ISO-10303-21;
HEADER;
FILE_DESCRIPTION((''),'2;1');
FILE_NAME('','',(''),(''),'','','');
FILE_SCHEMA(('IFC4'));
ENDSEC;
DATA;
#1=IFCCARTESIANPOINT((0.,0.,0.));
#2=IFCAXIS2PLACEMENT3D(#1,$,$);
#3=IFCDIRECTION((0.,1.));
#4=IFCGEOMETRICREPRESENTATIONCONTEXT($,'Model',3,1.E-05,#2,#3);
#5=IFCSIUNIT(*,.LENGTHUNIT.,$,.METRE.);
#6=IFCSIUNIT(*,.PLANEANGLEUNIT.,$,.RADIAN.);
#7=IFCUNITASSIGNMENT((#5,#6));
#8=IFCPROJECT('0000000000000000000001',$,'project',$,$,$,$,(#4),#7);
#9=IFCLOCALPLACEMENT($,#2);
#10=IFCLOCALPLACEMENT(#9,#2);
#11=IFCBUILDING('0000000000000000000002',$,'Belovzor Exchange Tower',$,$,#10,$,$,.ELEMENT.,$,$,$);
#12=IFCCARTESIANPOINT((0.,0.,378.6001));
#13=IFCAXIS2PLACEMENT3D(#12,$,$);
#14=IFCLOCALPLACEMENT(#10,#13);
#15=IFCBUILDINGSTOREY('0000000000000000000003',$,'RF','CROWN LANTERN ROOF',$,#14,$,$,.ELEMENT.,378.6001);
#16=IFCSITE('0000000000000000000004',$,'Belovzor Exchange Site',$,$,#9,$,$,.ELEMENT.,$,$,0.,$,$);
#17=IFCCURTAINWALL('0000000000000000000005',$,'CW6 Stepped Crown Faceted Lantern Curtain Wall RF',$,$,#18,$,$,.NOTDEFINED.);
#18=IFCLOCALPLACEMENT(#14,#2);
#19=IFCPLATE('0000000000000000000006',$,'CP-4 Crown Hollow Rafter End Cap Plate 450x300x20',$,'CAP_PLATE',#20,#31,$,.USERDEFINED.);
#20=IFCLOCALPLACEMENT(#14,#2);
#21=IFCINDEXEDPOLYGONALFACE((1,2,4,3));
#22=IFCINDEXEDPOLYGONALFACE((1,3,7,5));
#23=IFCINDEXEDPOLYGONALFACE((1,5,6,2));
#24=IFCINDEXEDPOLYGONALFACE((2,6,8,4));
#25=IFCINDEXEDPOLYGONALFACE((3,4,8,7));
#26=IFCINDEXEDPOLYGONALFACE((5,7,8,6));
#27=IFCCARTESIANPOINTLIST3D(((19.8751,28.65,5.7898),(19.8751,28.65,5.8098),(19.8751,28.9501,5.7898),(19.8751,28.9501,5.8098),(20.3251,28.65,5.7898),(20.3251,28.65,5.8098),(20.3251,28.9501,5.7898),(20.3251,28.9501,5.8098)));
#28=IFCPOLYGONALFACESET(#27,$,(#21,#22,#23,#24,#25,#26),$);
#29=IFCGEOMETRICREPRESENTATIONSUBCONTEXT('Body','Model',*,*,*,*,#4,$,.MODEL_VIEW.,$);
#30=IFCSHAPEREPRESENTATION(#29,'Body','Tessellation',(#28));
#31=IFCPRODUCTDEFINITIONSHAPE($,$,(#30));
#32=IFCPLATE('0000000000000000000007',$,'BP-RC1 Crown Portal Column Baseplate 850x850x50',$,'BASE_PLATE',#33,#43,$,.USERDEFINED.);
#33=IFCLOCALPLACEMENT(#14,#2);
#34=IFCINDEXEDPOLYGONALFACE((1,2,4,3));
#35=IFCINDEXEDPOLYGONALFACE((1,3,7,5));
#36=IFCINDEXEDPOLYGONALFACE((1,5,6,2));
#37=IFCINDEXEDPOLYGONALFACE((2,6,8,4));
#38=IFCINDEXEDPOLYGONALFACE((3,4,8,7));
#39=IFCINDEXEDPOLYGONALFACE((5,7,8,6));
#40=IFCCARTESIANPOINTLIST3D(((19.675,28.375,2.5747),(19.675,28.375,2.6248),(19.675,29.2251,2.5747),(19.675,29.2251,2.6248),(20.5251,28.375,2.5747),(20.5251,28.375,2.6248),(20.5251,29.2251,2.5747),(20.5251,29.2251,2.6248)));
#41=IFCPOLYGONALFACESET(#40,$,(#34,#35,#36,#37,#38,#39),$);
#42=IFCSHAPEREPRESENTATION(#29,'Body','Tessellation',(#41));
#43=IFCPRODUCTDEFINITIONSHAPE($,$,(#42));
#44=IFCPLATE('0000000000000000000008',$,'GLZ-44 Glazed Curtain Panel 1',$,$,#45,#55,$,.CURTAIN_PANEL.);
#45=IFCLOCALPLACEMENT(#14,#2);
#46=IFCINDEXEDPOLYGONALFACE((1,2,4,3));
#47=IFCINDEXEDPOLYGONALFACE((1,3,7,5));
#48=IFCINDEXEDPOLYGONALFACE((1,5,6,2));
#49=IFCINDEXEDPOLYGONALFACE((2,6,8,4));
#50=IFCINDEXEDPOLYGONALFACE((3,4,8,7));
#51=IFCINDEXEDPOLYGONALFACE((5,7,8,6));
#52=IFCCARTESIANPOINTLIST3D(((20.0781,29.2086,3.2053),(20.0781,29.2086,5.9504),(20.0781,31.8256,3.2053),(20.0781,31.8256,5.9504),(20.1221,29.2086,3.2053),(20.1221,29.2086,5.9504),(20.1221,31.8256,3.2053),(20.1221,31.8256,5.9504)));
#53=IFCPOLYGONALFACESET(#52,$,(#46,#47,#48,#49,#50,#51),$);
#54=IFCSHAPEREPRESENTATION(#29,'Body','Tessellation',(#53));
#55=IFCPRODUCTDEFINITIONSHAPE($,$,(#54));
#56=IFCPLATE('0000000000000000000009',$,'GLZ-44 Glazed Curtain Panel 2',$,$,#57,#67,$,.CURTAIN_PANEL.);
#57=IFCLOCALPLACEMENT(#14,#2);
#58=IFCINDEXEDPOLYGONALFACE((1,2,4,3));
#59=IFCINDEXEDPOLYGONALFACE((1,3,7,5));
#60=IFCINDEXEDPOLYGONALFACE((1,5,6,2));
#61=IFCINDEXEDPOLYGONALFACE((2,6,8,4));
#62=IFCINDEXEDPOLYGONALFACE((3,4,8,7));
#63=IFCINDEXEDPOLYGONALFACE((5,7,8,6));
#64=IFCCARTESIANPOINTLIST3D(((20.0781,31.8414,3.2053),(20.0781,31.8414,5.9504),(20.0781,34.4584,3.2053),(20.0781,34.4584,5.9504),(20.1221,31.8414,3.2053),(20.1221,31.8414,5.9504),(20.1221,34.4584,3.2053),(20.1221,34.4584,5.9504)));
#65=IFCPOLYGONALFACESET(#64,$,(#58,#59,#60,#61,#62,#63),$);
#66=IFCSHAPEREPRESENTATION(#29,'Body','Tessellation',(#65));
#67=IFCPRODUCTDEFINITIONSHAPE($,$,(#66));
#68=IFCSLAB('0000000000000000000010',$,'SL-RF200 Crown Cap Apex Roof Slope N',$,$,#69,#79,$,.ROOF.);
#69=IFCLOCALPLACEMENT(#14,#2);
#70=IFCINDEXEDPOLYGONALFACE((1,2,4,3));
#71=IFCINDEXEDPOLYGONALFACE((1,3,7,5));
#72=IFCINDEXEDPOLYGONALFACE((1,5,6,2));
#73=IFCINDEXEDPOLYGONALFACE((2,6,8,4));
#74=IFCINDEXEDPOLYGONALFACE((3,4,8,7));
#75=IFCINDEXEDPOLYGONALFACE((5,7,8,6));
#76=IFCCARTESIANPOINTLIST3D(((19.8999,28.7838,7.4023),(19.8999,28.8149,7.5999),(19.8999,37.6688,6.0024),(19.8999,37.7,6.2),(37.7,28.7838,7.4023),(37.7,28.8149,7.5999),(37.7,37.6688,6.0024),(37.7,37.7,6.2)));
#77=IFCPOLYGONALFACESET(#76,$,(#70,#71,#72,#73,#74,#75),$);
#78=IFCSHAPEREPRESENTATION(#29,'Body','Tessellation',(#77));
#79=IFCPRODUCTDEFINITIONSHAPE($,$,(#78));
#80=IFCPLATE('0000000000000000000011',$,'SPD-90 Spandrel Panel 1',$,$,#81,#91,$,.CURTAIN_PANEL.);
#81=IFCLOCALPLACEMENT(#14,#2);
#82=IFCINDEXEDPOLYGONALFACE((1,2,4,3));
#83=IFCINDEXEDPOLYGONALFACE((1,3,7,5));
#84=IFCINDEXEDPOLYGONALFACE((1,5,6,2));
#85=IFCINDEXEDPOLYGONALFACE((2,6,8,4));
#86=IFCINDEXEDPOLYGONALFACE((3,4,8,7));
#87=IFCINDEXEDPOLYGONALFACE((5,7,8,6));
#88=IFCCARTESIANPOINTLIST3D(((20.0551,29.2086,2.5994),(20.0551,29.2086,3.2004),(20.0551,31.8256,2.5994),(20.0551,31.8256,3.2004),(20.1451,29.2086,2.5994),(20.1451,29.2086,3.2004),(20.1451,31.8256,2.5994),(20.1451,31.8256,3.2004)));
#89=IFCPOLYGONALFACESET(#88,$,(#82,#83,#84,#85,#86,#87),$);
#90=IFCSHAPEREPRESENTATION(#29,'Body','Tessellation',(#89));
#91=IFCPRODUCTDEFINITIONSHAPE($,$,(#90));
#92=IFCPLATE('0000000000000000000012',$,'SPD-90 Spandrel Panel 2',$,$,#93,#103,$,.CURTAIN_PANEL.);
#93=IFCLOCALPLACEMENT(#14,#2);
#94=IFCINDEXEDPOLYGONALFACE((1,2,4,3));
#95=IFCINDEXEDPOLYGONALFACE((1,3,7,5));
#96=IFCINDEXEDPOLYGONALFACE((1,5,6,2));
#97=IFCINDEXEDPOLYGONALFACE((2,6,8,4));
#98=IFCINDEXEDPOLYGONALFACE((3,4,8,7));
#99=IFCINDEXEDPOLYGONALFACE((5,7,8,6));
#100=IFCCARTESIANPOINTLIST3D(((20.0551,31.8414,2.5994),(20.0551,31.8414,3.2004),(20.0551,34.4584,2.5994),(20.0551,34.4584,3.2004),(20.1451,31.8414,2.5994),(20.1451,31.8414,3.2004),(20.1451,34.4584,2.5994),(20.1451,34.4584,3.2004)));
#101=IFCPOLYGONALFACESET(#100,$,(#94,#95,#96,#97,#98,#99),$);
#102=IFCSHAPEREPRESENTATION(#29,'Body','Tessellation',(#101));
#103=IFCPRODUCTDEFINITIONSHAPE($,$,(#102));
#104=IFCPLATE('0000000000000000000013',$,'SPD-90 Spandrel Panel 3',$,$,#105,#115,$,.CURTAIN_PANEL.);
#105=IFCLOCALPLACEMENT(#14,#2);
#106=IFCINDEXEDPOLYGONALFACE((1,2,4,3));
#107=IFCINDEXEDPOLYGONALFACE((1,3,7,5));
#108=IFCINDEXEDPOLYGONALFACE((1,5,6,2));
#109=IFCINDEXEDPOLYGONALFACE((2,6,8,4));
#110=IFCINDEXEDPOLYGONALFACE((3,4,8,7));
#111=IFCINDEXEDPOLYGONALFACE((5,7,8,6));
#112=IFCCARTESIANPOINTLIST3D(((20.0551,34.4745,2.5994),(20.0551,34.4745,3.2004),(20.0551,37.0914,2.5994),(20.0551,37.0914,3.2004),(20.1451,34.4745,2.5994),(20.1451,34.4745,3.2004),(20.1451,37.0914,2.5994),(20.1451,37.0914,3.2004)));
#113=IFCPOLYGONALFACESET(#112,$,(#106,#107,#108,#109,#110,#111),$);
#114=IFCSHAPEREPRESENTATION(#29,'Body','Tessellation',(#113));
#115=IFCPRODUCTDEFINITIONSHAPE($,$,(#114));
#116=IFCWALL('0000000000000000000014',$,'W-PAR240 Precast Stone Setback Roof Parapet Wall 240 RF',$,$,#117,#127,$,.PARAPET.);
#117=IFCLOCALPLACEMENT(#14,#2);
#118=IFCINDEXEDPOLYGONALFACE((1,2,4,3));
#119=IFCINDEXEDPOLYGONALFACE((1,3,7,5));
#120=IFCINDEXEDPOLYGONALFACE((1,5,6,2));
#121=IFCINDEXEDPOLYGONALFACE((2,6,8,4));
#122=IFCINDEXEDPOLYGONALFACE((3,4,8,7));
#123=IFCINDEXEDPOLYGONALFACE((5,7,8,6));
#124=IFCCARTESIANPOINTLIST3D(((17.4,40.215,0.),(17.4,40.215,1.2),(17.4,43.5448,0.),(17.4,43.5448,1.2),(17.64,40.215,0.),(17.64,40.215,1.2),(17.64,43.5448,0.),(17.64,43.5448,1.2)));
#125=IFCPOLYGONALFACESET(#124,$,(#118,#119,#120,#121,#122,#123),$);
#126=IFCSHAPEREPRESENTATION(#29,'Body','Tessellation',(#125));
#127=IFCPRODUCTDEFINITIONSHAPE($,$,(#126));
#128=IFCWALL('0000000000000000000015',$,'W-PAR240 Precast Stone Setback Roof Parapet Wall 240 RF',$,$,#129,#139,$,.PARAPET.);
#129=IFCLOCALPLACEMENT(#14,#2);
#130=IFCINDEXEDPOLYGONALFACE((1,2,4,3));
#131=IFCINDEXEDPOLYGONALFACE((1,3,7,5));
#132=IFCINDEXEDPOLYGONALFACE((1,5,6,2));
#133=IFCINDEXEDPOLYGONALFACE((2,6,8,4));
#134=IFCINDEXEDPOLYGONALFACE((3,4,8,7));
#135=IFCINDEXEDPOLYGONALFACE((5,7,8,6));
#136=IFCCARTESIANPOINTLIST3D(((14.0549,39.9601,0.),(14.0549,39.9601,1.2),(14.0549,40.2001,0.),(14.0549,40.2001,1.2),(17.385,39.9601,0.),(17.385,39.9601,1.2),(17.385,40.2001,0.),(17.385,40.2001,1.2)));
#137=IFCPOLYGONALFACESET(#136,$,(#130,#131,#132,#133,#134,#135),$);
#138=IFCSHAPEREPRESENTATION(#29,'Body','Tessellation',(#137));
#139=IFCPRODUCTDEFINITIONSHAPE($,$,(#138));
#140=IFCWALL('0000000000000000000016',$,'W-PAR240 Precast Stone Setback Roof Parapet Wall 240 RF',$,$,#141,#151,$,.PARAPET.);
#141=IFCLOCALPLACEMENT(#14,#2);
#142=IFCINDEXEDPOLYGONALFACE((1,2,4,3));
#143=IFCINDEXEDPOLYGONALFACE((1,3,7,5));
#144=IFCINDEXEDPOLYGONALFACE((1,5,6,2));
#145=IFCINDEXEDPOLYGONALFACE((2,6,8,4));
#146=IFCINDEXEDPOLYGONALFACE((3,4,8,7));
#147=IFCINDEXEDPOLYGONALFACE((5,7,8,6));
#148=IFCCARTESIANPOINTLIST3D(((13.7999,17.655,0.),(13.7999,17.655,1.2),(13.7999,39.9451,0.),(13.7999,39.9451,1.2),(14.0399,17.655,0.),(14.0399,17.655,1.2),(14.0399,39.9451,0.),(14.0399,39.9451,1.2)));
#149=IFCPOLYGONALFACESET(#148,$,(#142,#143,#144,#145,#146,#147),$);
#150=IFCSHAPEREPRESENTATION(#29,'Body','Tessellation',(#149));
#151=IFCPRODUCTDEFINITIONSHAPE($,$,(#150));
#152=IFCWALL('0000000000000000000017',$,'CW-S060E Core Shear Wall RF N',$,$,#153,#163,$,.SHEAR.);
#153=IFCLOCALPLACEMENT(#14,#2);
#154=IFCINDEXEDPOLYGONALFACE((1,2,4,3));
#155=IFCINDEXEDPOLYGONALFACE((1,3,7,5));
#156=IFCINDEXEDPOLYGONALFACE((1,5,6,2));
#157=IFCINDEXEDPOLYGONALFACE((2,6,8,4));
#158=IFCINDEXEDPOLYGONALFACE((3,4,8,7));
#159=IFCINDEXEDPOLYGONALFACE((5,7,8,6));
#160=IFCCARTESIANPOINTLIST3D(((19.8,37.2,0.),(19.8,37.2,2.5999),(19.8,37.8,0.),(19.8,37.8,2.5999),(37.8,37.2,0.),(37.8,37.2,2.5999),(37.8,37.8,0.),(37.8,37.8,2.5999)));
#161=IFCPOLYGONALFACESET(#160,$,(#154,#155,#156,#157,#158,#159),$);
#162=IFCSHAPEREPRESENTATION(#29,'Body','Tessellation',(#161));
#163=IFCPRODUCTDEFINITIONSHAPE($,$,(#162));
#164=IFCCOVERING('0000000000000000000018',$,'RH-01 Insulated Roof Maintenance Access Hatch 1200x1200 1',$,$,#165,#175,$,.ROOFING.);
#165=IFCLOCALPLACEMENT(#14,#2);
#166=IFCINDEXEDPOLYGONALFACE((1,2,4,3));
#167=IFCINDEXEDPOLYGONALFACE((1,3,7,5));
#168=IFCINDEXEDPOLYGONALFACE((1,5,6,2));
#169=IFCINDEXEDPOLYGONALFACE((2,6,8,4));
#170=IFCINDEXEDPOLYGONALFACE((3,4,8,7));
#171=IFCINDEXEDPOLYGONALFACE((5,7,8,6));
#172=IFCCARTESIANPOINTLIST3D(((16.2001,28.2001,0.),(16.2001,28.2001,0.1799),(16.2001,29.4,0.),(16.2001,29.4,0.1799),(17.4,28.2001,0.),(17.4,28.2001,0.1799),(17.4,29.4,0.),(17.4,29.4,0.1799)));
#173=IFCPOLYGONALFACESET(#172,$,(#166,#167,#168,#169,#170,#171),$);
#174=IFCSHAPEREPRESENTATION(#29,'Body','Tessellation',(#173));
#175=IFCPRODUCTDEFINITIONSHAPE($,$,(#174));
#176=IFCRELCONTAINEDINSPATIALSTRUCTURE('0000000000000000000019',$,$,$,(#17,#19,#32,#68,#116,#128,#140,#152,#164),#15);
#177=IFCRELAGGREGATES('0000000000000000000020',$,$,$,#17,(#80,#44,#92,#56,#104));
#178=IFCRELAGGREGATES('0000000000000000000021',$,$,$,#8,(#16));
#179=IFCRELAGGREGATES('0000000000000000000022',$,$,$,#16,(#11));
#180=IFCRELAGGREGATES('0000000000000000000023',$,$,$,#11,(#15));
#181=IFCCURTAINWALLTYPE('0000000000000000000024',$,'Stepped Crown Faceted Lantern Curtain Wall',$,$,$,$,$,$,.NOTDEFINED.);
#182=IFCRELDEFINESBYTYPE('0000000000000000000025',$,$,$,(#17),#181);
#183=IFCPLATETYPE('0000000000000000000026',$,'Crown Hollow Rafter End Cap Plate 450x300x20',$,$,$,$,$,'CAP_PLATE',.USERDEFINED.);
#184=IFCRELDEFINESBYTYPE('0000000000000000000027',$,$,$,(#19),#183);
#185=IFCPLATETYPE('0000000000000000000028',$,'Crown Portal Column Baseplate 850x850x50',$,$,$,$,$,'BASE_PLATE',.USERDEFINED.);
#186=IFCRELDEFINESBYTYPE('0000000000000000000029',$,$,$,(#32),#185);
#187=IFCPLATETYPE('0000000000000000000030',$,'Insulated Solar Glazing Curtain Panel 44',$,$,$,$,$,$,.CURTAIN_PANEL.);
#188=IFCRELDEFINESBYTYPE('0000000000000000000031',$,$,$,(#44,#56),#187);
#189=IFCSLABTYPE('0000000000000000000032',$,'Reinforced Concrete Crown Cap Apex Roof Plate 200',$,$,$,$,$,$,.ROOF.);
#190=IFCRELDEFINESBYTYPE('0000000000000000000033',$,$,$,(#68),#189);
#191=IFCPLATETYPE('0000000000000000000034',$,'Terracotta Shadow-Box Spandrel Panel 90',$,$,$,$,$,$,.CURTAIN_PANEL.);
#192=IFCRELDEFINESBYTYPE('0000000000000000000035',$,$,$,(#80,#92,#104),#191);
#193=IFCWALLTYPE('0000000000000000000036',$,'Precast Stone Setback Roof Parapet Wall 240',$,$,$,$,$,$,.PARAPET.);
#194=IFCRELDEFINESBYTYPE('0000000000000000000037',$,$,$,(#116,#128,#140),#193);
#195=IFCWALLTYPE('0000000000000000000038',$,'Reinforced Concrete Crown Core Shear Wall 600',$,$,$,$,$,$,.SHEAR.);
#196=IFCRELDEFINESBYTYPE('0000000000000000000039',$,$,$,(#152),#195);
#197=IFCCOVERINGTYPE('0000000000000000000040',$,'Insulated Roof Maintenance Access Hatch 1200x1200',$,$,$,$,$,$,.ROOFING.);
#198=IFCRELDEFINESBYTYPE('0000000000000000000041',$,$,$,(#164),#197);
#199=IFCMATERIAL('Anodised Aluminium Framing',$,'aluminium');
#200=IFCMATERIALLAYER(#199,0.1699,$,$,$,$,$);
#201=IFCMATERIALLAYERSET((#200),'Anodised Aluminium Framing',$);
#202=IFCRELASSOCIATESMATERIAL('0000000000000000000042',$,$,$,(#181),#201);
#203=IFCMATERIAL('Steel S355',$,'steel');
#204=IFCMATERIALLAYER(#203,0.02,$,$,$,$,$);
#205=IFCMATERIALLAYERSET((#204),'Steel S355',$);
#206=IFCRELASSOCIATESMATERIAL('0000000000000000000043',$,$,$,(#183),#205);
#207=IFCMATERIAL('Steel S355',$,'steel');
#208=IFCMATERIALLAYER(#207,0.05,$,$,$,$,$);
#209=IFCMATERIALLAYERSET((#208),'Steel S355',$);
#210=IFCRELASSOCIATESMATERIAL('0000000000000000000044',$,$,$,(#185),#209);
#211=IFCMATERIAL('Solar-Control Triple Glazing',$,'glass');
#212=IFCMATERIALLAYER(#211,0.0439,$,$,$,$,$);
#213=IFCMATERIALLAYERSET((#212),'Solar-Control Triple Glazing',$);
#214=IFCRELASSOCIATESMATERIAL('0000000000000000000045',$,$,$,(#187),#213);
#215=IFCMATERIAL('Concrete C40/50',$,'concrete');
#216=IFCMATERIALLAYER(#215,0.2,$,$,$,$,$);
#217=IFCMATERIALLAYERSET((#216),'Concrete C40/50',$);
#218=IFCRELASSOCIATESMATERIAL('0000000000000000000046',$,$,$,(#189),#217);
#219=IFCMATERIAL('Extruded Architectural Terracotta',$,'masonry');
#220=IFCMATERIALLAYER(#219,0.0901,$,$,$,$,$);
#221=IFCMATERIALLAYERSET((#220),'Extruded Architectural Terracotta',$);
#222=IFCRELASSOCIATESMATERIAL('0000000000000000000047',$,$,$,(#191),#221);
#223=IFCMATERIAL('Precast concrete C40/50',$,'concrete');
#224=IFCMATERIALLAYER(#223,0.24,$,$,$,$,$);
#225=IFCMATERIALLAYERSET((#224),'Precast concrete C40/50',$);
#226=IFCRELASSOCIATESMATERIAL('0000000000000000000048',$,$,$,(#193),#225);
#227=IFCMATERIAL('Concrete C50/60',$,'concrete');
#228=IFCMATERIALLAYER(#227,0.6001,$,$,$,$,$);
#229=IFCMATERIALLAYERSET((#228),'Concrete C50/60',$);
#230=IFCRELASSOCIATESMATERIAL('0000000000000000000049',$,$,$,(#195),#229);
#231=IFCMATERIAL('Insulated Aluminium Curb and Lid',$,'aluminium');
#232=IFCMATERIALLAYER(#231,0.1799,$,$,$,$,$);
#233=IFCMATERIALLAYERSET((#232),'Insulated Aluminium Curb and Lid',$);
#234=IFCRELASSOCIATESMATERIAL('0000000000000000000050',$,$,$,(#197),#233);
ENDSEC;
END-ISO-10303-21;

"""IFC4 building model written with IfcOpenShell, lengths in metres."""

from ifc_helpers import new_model, si_unit, direction, frame, frame_2d, origin, origin_2d, place, context, subcontext, project, spatial, polyline, rectangle, outline, extrude, material, layer, layer_set, type_object, element, aggregate, save


model = new_model("IFC4")

# Units and contexts
model_context = context("Model", 3, precision=1e-05, world=origin(), true_north=direction((0.0, 1.0)))
body_context = subcontext(model_context, "Body", "Model", "MODEL_VIEW")
ifc_project = project(units=[si_unit("LENGTHUNIT", "METRE"), si_unit("PLANEANGLEUNIT", "RADIAN")], contexts=[model_context])

# Site, building, storey
site_placement = place(None, origin())
site = spatial("IfcSite", under=ifc_project, at=site_placement, Name="Belovzor Exchange Site", CompositionType="ELEMENT", RefElevation=0.0)
building_placement = place(site_placement, origin())
building = spatial("IfcBuilding", under=site, at=building_placement, Name="Belovzor Exchange Tower", CompositionType="ELEMENT")
storey_placement = place(building_placement, frame((0.0, 0.0, 378.6001)))
storey = spatial("IfcBuildingStorey", under=building, at=storey_placement, Name="RF", Description="CROWN LANTERN ROOF", CompositionType="ELEMENT", Elevation=378.6001)

# Curtain wall
ifc_material_1 = material(Name="Anodised Aluminium Framing", Category="aluminium")
ifc_layer_1 = layer(ifc_material_1, 0.1699)
ifc_layer_set_1 = layer_set([ifc_layer_1], Name="Anodised Aluminium Framing")
curtain_wall_type = type_object("IfcCurtainWallType", Name="Stepped Crown Faceted Lantern Curtain Wall", PredefinedType="NOTDEFINED", material=ifc_layer_set_1)
curtain_wall_placement = place(storey_placement, origin())
curtain_wall = element("IfcCurtainWall", 1, at=curtain_wall_placement, inside=storey, type_object=curtain_wall_type, Name="CW6 Stepped Crown Faceted Lantern Curtain Wall RF", PredefinedType="NOTDEFINED")

# Plates
ifc_material_2 = material(Name="Steel S355", Category="steel")
ifc_layer_2 = layer(ifc_material_2, 0.02)
ifc_layer_set_2 = layer_set([ifc_layer_2], Name="Steel S355")
plate_type_1 = type_object("IfcPlateType", Name="Crown Hollow Rafter End Cap Plate 450x300x20", ElementType="CAP_PLATE", PredefinedType="USERDEFINED", material=ifc_layer_set_2)
plate_1_placement = place(storey_placement, frame((20.1001, 28.8, 5.7898), z_axis=(0.0, 0.0, 1.0), x_axis=(1.0, 0.0, 0.0)))
element("IfcPlate", 2, at=plate_1_placement, inside=storey, type_object=plate_type_1, Name="CP-4 Crown Hollow Rafter End Cap Plate 450x300x20", ObjectType="CAP_PLATE", PredefinedType="USERDEFINED", context=body_context, shape_type="SweptSolid", body=[
    extrude(rectangle(XDim=0.45, YDim=0.3, at=origin_2d()), origin(), (0.0, 0.0, 1.0), 0.02),
])
ifc_material_3 = material(Name="Steel S355", Category="steel")
ifc_layer_3 = layer(ifc_material_3, 0.05)
ifc_layer_set_3 = layer_set([ifc_layer_3], Name="Steel S355")
plate_type_2 = type_object("IfcPlateType", Name="Crown Portal Column Baseplate 850x850x50", ElementType="BASE_PLATE", PredefinedType="USERDEFINED", material=ifc_layer_set_3)
plate_2_placement = place(storey_placement, frame((20.1001, 28.8, 2.5747), z_axis=(0.0, 0.0, 1.0), x_axis=(1.0, 0.0, 0.0)))
element("IfcPlate", 3, at=plate_2_placement, inside=storey, type_object=plate_type_2, Name="BP-RC1 Crown Portal Column Baseplate 850x850x50", ObjectType="BASE_PLATE", PredefinedType="USERDEFINED", context=body_context, shape_type="SweptSolid", body=[
    extrude(rectangle(XDim=0.8501, YDim=0.8501, at=origin_2d()), origin(), (0.0, 0.0, 1.0), 0.05),
])

# Plates
ifc_material_4 = material(Name="Solar-Control Triple Glazing", Category="glass")
ifc_layer_4 = layer(ifc_material_4, 0.0439)
ifc_layer_set_4 = layer_set([ifc_layer_4], Name="Solar-Control Triple Glazing")
plate_type_3 = type_object("IfcPlateType", Name="Insulated Solar Glazing Curtain Panel 44", PredefinedType="CURTAIN_PANEL", material=ifc_layer_set_4)
plate_3_placement = place(storey_placement, frame((20.1001, 30.5171, 3.2053), z_axis=(0.0, 0.0, 1.0), x_axis=(0.0, 1.0, 0.0)))
plate_3 = element("IfcPlate", 4, at=plate_3_placement, type_object=plate_type_3, Name="GLZ-44 Glazed Curtain Panel 1", PredefinedType="CURTAIN_PANEL", context=body_context, shape_type="SweptSolid", body=[
    extrude(rectangle(XDim=2.6169, YDim=0.0439, at=origin_2d()), origin(), (0.0, 0.0, 1.0), 2.7451),
])
plate_4_placement = place(storey_placement, frame((20.1001, 33.1499, 3.2053), z_axis=(0.0, 0.0, 1.0), x_axis=(0.0, 1.0, 0.0)))
plate_4 = element("IfcPlate", 5, at=plate_4_placement, type_object=plate_type_3, Name="GLZ-44 Glazed Curtain Panel 2", PredefinedType="CURTAIN_PANEL", context=body_context, shape_type="SweptSolid", body=[
    extrude(rectangle(XDim=2.6169, YDim=0.0439, at=origin_2d()), origin(), (0.0, 0.0, 1.0), 2.7451),
])

# Slab
ifc_material_5 = material(Name="Concrete C40/50", Category="concrete")
ifc_layer_5 = layer(ifc_material_5, 0.2)
ifc_layer_set_5 = layer_set([ifc_layer_5], Name="Concrete C40/50")
slab_type = type_object("IfcSlabType", Name="Reinforced Concrete Crown Cap Apex Roof Plate 200", PredefinedType="ROOF", material=ifc_layer_set_5)
slab_placement = place(storey_placement, frame((19.8999, 28.8149, 7.5999), z_axis=(0.0, 0.155638, 0.987814), x_axis=(1.0, 0.0, 0.0)))
element("IfcSlab", 6, at=slab_placement, inside=storey, type_object=slab_type, Name="SL-RF200 Crown Cap Apex Roof Slope N", PredefinedType="ROOF", context=body_context, shape_type="SweptSolid", body=[
    extrude(outline(polyline([(0.0, 0.0), (17.8, 0.0), (17.8, 8.9946), (0.0, 8.9946), (0.0, 0.0)])), origin(), (0.0, 0.0, -1.0), 0.2),
])

# Plates
ifc_material_6 = material(Name="Extruded Architectural Terracotta", Category="masonry")
ifc_layer_6 = layer(ifc_material_6, 0.0901)
ifc_layer_set_6 = layer_set([ifc_layer_6], Name="Extruded Architectural Terracotta")
plate_type_4 = type_object("IfcPlateType", Name="Terracotta Shadow-Box Spandrel Panel 90", PredefinedType="CURTAIN_PANEL", material=ifc_layer_set_6)
plate_5_placement = place(storey_placement, frame((20.1001, 30.5171, 2.5994), z_axis=(0.0, 0.0, 1.0), x_axis=(0.0, 1.0, 0.0)))
plate_5 = element("IfcPlate", 7, at=plate_5_placement, type_object=plate_type_4, Name="SPD-90 Spandrel Panel 1", PredefinedType="CURTAIN_PANEL", context=body_context, shape_type="SweptSolid", body=[
    extrude(rectangle(XDim=2.6169, YDim=0.0901, at=origin_2d()), origin(), (0.0, 0.0, 1.0), 0.6011),
])
plate_6_placement = place(storey_placement, frame((20.1001, 33.1499, 2.5994), z_axis=(0.0, 0.0, 1.0), x_axis=(0.0, 1.0, 0.0)))
plate_6 = element("IfcPlate", 8, at=plate_6_placement, type_object=plate_type_4, Name="SPD-90 Spandrel Panel 2", PredefinedType="CURTAIN_PANEL", context=body_context, shape_type="SweptSolid", body=[
    extrude(rectangle(XDim=2.6169, YDim=0.0901, at=origin_2d()), origin(), (0.0, 0.0, 1.0), 0.6011),
])
plate_7_placement = place(storey_placement, frame((20.1001, 35.783, 2.5994), z_axis=(0.0, 0.0, 1.0), x_axis=(0.0, 1.0, 0.0)))
plate_7 = element("IfcPlate", 9, at=plate_7_placement, type_object=plate_type_4, Name="SPD-90 Spandrel Panel 3", PredefinedType="CURTAIN_PANEL", context=body_context, shape_type="SweptSolid", body=[
    extrude(rectangle(XDim=2.6169, YDim=0.0901, at=origin_2d()), origin(), (0.0, 0.0, 1.0), 0.6011),
])
aggregate(curtain_wall, [plate_5, plate_3, plate_6, plate_4, plate_7])

# Walls
ifc_material_7 = material(Name="Precast concrete C40/50", Category="concrete")
ifc_layer_7 = layer(ifc_material_7, 0.24)
ifc_layer_set_7 = layer_set([ifc_layer_7], Name="Precast concrete C40/50")
wall_type_1 = type_object("IfcWallType", Name="Precast Stone Setback Roof Parapet Wall 240", PredefinedType="PARAPET", material=ifc_layer_set_7)
wall_1_placement = place(storey_placement, frame((17.52, 43.5449, 0.0), z_axis=(0.0, 0.0, 1.0), x_axis=(0.0, -1.0, 0.0)))
element("IfcWall", 10, at=wall_1_placement, inside=storey, type_object=wall_type_1, Name="W-PAR240 Precast Stone Setback Roof Parapet Wall 240 RF", PredefinedType="PARAPET", context=body_context, shape_type="SweptSolid", body=[
    extrude(rectangle(XDim=3.3298, YDim=0.24, at=frame_2d((1.665, 0.0))), origin(), (0.0, 0.0, 1.0), 1.2),
])
wall_2_placement = place(storey_placement, frame((17.385, 40.0801, 0.0), z_axis=(0.0, 0.0, 1.0), x_axis=(-1.0, 0.0, 0.0)))
element("IfcWall", 11, at=wall_2_placement, inside=storey, type_object=wall_type_1, Name="W-PAR240 Precast Stone Setback Roof Parapet Wall 240 RF", PredefinedType="PARAPET", context=body_context, shape_type="SweptSolid", body=[
    extrude(rectangle(XDim=3.3301, YDim=0.24, at=frame_2d((1.665, 0.0))), origin(), (0.0, 0.0, 1.0), 1.2),
])
wall_3_placement = place(storey_placement, frame((13.9199, 39.9451, 0.0), z_axis=(0.0, 0.0, 1.0), x_axis=(0.0, -1.0, 0.0)))
element("IfcWall", 12, at=wall_3_placement, inside=storey, type_object=wall_type_1, Name="W-PAR240 Precast Stone Setback Roof Parapet Wall 240 RF", PredefinedType="PARAPET", context=body_context, shape_type="SweptSolid", body=[
    extrude(rectangle(XDim=22.29, YDim=0.24, at=frame_2d((11.145, 0.0))), origin(), (0.0, 0.0, 1.0), 1.2),
])
ifc_material_8 = material(Name="Concrete C50/60", Category="concrete")
ifc_layer_8 = layer(ifc_material_8, 0.6001)
ifc_layer_set_8 = layer_set([ifc_layer_8], Name="Concrete C50/60")
wall_type_2 = type_object("IfcWallType", Name="Reinforced Concrete Crown Core Shear Wall 600", PredefinedType="SHEAR", material=ifc_layer_set_8)
wall_4_placement = place(storey_placement, frame((19.8, 37.5, 0.0), z_axis=(0.0, 0.0, 1.0), x_axis=(1.0, 0.0, 0.0)))
element("IfcWall", 13, at=wall_4_placement, inside=storey, type_object=wall_type_2, Name="CW-S060E Core Shear Wall RF N", PredefinedType="SHEAR", context=body_context, shape_type="SweptSolid", body=[
    extrude(rectangle(XDim=18.0, YDim=0.6001, at=frame_2d((9.0, 0.0))), origin(), (0.0, 0.0, 1.0), 2.5999),
])

# Covering
ifc_material_9 = material(Name="Insulated Aluminium Curb and Lid", Category="aluminium")
ifc_layer_9 = layer(ifc_material_9, 0.1799)
ifc_layer_set_9 = layer_set([ifc_layer_9], Name="Insulated Aluminium Curb and Lid")
covering_type = type_object("IfcCoveringType", Name="Insulated Roof Maintenance Access Hatch 1200x1200", PredefinedType="ROOFING", material=ifc_layer_set_9)
covering_placement = place(storey_placement, frame((16.8, 28.8, 0.0), z_axis=(0.0, 0.0, 1.0), x_axis=(1.0, 0.0, 0.0)))
element("IfcCovering", 14, at=covering_placement, inside=storey, type_object=covering_type, Name="RH-01 Insulated Roof Maintenance Access Hatch 1200x1200 1", PredefinedType="ROOFING", context=body_context, shape_type="SweptSolid", body=[
    extrude(rectangle(XDim=1.2, YDim=1.2, at=origin_2d()), origin(), (0.0, 0.0, 1.0), 0.1799),
])

save(model, "model.ifc")
